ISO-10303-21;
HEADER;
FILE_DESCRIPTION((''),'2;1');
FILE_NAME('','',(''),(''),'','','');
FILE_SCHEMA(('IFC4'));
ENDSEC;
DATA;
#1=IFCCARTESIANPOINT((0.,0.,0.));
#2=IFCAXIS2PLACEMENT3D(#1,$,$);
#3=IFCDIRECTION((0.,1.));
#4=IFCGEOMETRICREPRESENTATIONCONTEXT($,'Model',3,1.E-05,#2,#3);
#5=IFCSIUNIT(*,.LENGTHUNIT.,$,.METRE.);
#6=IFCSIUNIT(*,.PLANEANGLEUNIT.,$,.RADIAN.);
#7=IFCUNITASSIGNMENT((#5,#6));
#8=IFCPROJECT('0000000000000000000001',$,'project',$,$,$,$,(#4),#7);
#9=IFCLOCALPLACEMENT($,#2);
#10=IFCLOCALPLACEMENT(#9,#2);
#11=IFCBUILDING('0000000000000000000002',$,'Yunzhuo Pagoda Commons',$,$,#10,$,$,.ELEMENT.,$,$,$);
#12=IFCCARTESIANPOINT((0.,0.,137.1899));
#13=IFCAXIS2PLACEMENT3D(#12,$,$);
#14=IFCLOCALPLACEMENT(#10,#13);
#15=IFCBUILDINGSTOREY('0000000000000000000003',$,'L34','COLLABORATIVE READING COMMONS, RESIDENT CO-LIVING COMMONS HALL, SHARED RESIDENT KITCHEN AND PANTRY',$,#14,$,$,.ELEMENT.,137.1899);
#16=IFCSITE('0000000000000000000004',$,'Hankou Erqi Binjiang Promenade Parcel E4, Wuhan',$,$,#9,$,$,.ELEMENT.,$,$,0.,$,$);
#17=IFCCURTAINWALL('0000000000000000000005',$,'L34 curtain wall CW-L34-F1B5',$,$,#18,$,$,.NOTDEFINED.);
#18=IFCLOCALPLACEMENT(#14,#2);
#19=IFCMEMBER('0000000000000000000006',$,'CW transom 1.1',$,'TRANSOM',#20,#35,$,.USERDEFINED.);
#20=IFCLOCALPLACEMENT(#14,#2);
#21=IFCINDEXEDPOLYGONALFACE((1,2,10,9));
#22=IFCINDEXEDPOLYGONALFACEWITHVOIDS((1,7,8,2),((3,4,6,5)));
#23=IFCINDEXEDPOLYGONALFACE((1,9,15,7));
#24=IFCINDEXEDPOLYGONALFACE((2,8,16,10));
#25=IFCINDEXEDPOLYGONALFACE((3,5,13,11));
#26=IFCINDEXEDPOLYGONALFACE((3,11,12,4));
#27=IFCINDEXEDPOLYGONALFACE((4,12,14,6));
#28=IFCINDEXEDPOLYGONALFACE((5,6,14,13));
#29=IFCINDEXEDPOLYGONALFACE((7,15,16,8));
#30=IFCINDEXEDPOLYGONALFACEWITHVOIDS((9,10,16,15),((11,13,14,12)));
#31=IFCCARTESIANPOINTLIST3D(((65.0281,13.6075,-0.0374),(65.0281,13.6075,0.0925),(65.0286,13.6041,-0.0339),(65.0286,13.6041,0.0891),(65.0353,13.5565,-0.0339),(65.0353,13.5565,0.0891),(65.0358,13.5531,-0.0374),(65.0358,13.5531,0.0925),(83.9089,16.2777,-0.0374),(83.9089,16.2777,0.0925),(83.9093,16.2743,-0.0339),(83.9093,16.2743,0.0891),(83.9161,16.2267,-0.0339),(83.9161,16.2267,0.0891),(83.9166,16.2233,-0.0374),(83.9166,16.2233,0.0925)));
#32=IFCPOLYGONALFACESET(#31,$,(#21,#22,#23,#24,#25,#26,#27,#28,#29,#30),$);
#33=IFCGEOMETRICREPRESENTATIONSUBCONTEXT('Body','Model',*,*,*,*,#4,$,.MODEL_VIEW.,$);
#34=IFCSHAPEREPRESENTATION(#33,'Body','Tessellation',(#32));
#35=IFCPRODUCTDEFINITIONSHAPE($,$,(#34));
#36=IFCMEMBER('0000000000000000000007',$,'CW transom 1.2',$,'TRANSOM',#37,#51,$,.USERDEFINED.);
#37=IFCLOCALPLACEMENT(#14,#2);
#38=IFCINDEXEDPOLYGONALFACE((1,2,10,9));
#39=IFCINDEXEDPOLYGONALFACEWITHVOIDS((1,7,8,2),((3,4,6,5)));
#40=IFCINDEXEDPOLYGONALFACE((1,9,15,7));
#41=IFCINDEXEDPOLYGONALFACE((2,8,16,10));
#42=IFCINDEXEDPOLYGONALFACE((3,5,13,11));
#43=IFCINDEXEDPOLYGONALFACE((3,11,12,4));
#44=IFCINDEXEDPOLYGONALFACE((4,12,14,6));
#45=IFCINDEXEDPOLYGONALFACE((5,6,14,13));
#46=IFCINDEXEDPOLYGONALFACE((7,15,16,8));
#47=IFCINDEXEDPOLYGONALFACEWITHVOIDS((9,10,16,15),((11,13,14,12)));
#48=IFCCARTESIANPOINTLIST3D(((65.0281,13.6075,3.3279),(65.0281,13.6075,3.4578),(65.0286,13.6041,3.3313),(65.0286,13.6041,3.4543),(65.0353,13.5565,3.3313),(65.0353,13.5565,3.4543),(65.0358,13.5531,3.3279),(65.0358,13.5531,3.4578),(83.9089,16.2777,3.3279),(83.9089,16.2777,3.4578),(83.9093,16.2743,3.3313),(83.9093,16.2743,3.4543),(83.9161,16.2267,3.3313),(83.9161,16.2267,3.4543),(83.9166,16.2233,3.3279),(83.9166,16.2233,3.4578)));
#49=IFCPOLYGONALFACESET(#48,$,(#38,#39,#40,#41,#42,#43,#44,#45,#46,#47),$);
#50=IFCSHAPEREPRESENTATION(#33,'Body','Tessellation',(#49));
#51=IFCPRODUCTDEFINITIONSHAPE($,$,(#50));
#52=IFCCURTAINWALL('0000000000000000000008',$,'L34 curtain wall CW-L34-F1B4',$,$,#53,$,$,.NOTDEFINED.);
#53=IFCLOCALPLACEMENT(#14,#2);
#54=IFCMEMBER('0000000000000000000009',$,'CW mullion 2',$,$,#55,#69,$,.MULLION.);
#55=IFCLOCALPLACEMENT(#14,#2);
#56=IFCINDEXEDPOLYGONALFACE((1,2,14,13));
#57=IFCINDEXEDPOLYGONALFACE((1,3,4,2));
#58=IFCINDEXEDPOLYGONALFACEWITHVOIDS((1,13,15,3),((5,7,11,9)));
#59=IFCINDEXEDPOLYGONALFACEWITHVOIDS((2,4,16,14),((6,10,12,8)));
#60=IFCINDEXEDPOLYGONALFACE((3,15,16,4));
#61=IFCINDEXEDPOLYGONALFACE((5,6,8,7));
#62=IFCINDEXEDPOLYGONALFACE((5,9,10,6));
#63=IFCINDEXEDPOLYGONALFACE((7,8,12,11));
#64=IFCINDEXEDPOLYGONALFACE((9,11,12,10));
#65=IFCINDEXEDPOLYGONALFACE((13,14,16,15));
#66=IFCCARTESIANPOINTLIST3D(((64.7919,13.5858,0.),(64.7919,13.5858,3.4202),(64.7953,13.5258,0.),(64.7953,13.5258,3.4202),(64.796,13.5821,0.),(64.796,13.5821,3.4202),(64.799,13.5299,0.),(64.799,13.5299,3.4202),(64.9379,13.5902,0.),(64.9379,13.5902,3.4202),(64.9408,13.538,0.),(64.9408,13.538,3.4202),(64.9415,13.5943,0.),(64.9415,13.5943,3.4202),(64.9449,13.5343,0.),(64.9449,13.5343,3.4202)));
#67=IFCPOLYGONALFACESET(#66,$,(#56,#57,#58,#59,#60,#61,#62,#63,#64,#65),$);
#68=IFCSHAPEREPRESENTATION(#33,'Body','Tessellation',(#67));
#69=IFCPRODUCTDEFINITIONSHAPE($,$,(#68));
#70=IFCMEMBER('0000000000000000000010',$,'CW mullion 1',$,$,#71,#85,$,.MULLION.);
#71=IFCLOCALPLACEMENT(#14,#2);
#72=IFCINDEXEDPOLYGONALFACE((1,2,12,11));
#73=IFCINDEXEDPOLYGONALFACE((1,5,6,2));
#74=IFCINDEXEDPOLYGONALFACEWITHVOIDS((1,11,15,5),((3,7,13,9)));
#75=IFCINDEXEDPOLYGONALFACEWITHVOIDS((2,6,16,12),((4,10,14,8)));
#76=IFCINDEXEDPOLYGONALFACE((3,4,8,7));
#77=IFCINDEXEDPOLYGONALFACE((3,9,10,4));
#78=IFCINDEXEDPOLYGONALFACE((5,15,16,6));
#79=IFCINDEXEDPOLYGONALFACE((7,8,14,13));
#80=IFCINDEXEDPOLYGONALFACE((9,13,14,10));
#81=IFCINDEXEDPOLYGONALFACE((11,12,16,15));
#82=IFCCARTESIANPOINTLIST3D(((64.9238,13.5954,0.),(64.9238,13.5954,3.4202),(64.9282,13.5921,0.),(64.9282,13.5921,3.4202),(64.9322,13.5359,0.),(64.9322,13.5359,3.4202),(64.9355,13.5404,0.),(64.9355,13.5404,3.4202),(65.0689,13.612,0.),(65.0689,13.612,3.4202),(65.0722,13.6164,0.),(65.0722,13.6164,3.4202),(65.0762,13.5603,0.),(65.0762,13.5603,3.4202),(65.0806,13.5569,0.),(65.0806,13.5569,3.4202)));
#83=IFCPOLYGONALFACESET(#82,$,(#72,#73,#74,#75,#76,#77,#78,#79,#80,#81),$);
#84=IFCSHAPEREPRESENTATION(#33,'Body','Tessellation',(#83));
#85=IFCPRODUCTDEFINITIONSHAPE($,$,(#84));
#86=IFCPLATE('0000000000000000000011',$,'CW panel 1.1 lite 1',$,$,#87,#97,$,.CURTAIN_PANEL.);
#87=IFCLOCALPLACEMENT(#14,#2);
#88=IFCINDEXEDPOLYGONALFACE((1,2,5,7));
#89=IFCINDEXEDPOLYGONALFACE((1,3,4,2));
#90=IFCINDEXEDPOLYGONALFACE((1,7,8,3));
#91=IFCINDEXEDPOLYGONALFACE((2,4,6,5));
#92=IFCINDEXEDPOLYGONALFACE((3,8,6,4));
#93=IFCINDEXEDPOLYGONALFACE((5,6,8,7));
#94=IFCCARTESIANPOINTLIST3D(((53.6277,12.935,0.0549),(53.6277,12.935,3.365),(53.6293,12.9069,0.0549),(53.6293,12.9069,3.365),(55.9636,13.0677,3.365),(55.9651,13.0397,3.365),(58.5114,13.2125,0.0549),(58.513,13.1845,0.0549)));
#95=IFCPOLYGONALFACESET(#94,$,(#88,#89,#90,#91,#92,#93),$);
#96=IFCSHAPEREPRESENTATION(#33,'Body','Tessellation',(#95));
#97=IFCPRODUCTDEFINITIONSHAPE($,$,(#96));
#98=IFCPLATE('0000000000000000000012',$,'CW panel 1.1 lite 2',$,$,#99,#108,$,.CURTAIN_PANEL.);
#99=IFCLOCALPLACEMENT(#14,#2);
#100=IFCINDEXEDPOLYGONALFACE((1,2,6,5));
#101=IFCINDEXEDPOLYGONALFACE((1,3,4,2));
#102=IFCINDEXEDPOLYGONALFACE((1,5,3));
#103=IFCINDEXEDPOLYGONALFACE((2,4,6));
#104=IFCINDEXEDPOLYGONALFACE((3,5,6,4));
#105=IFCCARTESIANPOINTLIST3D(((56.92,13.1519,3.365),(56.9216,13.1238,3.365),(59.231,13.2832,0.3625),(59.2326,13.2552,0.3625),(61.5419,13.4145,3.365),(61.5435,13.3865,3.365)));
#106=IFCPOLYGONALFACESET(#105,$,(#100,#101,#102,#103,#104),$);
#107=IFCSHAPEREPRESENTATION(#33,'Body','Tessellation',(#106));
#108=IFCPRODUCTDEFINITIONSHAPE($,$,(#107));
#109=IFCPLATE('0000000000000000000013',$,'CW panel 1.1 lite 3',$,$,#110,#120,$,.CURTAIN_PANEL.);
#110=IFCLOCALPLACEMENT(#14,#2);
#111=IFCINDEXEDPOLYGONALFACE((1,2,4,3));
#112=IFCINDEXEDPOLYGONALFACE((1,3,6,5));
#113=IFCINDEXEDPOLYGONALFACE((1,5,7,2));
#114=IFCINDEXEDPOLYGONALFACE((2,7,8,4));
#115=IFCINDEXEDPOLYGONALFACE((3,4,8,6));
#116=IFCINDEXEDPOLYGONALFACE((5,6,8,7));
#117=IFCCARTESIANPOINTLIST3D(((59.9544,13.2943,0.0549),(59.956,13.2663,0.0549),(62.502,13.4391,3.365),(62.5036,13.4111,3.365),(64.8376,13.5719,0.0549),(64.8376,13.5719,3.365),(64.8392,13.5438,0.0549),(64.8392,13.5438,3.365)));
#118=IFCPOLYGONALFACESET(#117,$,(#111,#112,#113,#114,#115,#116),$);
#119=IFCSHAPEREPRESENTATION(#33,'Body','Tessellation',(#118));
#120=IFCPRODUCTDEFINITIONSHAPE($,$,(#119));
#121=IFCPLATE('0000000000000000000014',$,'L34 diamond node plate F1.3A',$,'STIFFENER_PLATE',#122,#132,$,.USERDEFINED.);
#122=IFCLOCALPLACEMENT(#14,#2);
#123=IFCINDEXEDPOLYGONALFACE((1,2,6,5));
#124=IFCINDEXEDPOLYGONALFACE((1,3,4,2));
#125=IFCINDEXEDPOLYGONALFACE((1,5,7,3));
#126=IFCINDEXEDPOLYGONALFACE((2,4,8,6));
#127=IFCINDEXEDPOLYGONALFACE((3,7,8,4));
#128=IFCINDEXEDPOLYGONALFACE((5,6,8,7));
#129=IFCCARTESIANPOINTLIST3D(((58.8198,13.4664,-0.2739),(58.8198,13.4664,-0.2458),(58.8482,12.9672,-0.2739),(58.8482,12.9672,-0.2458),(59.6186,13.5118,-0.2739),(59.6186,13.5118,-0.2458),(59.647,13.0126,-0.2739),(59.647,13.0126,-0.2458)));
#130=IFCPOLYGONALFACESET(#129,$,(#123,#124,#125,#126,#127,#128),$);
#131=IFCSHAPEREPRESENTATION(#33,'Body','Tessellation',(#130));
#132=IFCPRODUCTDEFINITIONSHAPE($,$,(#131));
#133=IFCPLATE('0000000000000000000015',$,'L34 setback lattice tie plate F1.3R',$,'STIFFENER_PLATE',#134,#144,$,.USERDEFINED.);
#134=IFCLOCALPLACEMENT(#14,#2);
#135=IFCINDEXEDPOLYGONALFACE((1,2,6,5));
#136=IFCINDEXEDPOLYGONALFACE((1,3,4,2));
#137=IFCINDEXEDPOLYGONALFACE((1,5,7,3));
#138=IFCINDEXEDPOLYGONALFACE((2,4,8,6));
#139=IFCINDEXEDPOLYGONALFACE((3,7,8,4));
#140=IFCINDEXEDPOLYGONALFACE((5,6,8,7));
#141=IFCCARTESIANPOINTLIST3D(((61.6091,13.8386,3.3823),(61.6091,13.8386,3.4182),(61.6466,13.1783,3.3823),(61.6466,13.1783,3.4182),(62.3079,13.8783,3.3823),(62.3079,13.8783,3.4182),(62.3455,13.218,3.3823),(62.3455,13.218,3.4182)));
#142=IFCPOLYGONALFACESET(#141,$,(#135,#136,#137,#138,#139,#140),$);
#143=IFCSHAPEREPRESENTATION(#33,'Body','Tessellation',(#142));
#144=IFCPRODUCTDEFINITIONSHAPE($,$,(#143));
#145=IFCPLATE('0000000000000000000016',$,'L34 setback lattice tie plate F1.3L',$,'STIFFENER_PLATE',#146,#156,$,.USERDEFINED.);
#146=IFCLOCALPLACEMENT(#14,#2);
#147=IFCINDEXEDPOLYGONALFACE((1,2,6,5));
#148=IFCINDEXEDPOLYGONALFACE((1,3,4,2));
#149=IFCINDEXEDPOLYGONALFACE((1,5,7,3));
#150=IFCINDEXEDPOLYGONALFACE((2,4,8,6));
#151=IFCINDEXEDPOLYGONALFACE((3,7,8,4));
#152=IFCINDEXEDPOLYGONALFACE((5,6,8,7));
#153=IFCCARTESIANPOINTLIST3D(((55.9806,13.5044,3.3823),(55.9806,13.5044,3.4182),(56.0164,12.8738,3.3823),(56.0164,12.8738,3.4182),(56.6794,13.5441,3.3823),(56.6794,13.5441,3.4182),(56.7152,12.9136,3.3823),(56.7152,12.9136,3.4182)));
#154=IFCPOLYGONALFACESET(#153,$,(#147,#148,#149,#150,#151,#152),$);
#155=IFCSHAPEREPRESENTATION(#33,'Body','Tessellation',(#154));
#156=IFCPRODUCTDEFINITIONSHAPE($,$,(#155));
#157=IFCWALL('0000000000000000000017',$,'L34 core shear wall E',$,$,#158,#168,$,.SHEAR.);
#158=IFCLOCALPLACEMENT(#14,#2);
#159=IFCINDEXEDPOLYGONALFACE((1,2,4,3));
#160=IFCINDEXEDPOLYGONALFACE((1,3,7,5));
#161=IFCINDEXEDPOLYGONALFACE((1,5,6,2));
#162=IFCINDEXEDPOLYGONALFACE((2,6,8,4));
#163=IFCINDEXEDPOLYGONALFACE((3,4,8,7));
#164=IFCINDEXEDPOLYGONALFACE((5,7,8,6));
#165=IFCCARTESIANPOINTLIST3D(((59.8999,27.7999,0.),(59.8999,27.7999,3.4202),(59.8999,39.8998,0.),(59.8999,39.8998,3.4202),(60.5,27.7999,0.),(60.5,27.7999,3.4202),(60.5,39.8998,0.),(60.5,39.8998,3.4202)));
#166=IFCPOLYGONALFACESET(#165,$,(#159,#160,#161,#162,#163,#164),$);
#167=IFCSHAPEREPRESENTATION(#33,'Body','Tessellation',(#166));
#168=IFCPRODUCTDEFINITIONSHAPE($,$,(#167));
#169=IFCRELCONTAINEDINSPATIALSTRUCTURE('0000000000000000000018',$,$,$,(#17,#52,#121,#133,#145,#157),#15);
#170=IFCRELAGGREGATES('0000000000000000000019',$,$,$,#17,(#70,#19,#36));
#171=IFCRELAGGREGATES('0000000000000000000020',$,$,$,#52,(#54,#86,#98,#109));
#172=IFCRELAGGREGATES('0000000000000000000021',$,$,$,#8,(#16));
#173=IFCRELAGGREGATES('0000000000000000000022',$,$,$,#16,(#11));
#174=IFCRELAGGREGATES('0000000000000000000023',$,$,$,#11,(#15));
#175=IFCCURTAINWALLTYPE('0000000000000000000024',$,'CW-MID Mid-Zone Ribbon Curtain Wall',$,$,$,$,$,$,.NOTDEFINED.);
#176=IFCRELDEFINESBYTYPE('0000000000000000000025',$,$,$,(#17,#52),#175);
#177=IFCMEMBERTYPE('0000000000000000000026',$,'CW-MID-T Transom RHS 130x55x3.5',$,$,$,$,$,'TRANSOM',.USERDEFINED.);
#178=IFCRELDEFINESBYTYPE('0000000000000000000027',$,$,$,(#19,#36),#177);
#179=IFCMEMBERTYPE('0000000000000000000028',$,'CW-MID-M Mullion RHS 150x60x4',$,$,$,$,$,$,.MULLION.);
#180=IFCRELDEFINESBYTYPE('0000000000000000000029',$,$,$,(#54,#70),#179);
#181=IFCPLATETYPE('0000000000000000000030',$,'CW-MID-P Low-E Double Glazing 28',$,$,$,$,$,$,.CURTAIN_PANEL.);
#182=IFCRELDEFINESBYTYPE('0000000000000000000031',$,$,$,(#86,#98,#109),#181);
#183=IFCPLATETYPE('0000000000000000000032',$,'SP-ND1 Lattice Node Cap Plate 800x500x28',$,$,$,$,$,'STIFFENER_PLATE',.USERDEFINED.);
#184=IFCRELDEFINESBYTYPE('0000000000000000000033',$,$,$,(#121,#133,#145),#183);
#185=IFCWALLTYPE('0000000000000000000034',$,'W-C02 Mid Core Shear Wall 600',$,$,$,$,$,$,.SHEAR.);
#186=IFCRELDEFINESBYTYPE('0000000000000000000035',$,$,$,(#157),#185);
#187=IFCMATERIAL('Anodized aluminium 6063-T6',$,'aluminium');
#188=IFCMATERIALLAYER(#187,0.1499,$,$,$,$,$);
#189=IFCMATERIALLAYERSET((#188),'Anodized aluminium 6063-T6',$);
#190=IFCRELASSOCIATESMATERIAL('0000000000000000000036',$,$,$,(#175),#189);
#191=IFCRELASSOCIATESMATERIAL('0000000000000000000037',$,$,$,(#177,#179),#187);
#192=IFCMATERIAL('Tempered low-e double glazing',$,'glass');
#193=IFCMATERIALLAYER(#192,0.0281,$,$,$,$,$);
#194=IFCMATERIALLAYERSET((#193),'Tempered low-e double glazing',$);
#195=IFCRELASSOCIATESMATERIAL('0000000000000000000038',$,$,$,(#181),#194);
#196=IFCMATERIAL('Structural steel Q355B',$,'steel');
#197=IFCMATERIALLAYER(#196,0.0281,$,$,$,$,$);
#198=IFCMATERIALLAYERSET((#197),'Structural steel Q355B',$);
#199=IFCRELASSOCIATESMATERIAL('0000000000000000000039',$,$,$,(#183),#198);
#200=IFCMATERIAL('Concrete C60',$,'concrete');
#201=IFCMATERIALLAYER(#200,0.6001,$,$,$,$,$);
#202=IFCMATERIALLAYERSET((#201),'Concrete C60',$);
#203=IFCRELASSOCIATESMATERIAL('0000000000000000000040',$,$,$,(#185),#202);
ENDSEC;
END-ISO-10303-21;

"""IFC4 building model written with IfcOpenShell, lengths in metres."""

from ifc_helpers import new_model, si_unit, direction, frame, frame_2d, origin, origin_2d, place, context, subcontext, project, spatial, polyline, rectangle, hollow_rectangle, outline, extrude, source, transform, mapped, material, layer, layer_set, material_profile, profile_set, type_object, element, aggregate, save


model = new_model("IFC4")

# Units and contexts
model_context = context("Model", 3, precision=1e-05, world=origin(), true_north=direction((0.0, 1.0)))
body_context = subcontext(model_context, "Body", "Model", "MODEL_VIEW")
ifc_project = project(units=[si_unit("LENGTHUNIT", "METRE"), si_unit("PLANEANGLEUNIT", "RADIAN")], contexts=[model_context])

# Site, building, storey
site_placement = place(None, origin())
site = spatial("IfcSite", under=ifc_project, at=site_placement, Name="Hankou Erqi Binjiang Promenade Parcel E4, Wuhan", CompositionType="ELEMENT", RefElevation=0.0)
building_placement = place(site_placement, origin())
building = spatial("IfcBuilding", under=site, at=building_placement, Name="Yunzhuo Pagoda Commons", CompositionType="ELEMENT")
storey_placement = place(building_placement, frame((0.0, 0.0, 137.1899)))
storey = spatial("IfcBuildingStorey", under=building, at=storey_placement, Name="L34", Description="COLLABORATIVE READING COMMONS, RESIDENT CO-LIVING COMMONS HALL, SHARED RESIDENT KITCHEN AND PANTRY", CompositionType="ELEMENT", Elevation=137.1899)

# Shared definitions
ifc_material_1 = material(Name="Structural steel Q355B", Category="steel")

# Curtain wall, members
ifc_material_2 = material(Name="Anodized aluminium 6063-T6", Category="aluminium")
ifc_layer_1 = layer(ifc_material_2, 0.1499)
ifc_layer_set_1 = layer_set([ifc_layer_1], Name="Anodized aluminium 6063-T6")
curtain_wall_type = type_object("IfcCurtainWallType", Name="CW-MID Mid-Zone Ribbon Curtain Wall", PredefinedType="NOTDEFINED", material=ifc_layer_set_1)
curtain_wall_1_placement = place(storey_placement, origin())
curtain_wall_1 = element("IfcCurtainWall", 1, at=curtain_wall_1_placement, inside=storey, type_object=curtain_wall_type, Name="L34 curtain wall CW-L34-F1B5", PredefinedType="NOTDEFINED")
ifc_material_profile_1 = material_profile(ifc_material_2, hollow_rectangle(XDim=0.0549, YDim=0.1299, WallThickness=0.0034, at=origin_2d()), Name="Anodized aluminium 6063-T6")
ifc_profile_set_1 = profile_set([ifc_material_profile_1], Name="Anodized aluminium 6063-T6")
member_type_1 = type_object("IfcMemberType", Name="CW-MID-T Transom RHS 130x55x3.5", ElementType="TRANSOM", PredefinedType="USERDEFINED", material=ifc_profile_set_1)
shared_shape_1 = source(origin(), body_context, "Body", "SweptSolid", [
    extrude(hollow_rectangle(XDim=0.0549, YDim=0.1299, WallThickness=0.0034, at=origin_2d()), origin(), (0.0, 0.0, 1.0), 19.0686),
])
member_1_placement = place(storey_placement, frame((65.032, 13.5803, 0.0276), z_axis=(0.990147, 0.14003, 0.0), x_axis=(-0.14003, 0.990147, 0.0)))
member_1 = element("IfcMember", 2, at=member_1_placement, type_object=member_type_1, Name="CW transom 1.1", ObjectType="TRANSOM", PredefinedType="USERDEFINED", context=body_context, shape_type="MappedRepresentation", body=[
    mapped(shared_shape_1, transform((0.0, 0.0, 0.0), scale=1.0)),
])
member_2_placement = place(storey_placement, frame((65.032, 13.5803, 3.3928), z_axis=(0.990147, 0.14003, 0.0), x_axis=(-0.14003, 0.990147, 0.0)))
member_2 = element("IfcMember", 3, at=member_2_placement, type_object=member_type_1, Name="CW transom 1.2", ObjectType="TRANSOM", PredefinedType="USERDEFINED", context=body_context, shape_type="MappedRepresentation", body=[
    mapped(shared_shape_1, transform((0.0, 0.0, 0.0), scale=1.0)),
])

# Curtain wall, member
curtain_wall_2_placement = place(storey_placement, origin())
curtain_wall_2 = element("IfcCurtainWall", 4, at=curtain_wall_2_placement, inside=storey, type_object=curtain_wall_type, Name="L34 curtain wall CW-L34-F1B4", PredefinedType="NOTDEFINED")
ifc_material_profile_2 = material_profile(ifc_material_2, hollow_rectangle(XDim=0.0601, YDim=0.1499, WallThickness=0.0039, at=origin_2d()), Name="Anodized aluminium 6063-T6")
ifc_profile_set_2 = profile_set([ifc_material_profile_2], Name="Anodized aluminium 6063-T6")
member_type_2 = type_object("IfcMemberType", Name="CW-MID-M Mullion RHS 150x60x4", PredefinedType="MULLION", material=ifc_profile_set_2)
shared_shape_2 = source(origin(), body_context, "Body", "SweptSolid", [
    extrude(hollow_rectangle(XDim=0.0601, YDim=0.1499, WallThickness=0.0039, at=origin_2d()), origin(), (0.0, 0.0, 1.0), 3.4202),
])
member_3_placement = place(storey_placement, frame((64.8684, 13.5601, 0.0), z_axis=(0.0, 0.0, 1.0), x_axis=(-0.056742, 0.998389, 0.0)))
member_3 = element("IfcMember", 5, at=member_3_placement, type_object=member_type_2, Name="CW mullion 2", PredefinedType="MULLION", context=body_context, shape_type="MappedRepresentation", body=[
    mapped(shared_shape_2, transform((0.0, 0.0, 0.0), scale=1.0)),
])

# Member
member_4_placement = place(storey_placement, frame((65.0022, 13.5762, 0.0), z_axis=(0.0, 0.0, 1.0), x_axis=(-0.140027, 0.990148, 0.0)))
member_4 = element("IfcMember", 6, at=member_4_placement, type_object=member_type_2, Name="CW mullion 1", PredefinedType="MULLION", context=body_context, shape_type="MappedRepresentation", body=[
    mapped(shared_shape_2, transform((0.0, 0.0, 0.0), scale=1.0)),
])
aggregate(curtain_wall_1, [member_4, member_1, member_2])

# Plates
ifc_material_3 = material(Name="Tempered low-e double glazing", Category="glass")
ifc_layer_2 = layer(ifc_material_3, 0.0281)
ifc_layer_set_2 = layer_set([ifc_layer_2], Name="Tempered low-e double glazing")
plate_type_1 = type_object("IfcPlateType", Name="CW-MID-P Low-E Double Glazing 28", PredefinedType="CURTAIN_PANEL", material=ifc_layer_set_2)
plate_1_placement = place(storey_placement, frame((56.0696, 13.0737, 1.71), z_axis=(0.056742, -0.998389, 0.0), x_axis=(0.998389, 0.056742, 0.0)))
plate_1 = element("IfcPlate", 7, at=plate_1_placement, type_object=plate_type_1, Name="CW panel 1.1 lite 1", PredefinedType="CURTAIN_PANEL", context=body_context, shape_type="SweptSolid", body=[
    extrude(outline(polyline([(-2.4458, -1.655), (2.4458, -1.655), (-0.1062, 1.655), (-2.4458, 1.655), (-2.4458, -1.655)])), origin(), (0.0, 0.0, 1.0), 0.0281),
])
plate_2_placement = place(storey_placement, frame((59.231, 13.2832, 1.8638), z_axis=(0.056742, -0.998389, 0.0), x_axis=(0.998389, 0.056742, 0.0)))
plate_2 = element("IfcPlate", 8, at=plate_2_placement, type_object=plate_type_1, Name="CW panel 1.1 lite 2", PredefinedType="CURTAIN_PANEL", context=body_context, shape_type="SweptSolid", body=[
    extrude(outline(polyline([(-2.3147, 1.5012), (0.0, -1.5012), (2.3147, 1.5012), (-2.3147, 1.5012)])), origin(), (0.0, 0.0, 1.0), 0.0281),
])
plate_3_placement = place(storey_placement, frame((62.396, 13.4331, 1.71), z_axis=(0.056742, -0.998389, 0.0), x_axis=(0.998389, 0.056742, 0.0)))
plate_3 = element("IfcPlate", 9, at=plate_3_placement, type_object=plate_type_1, Name="CW panel 1.1 lite 3", PredefinedType="CURTAIN_PANEL", context=body_context, shape_type="SweptSolid", body=[
    extrude(outline(polyline([(-2.4456, -1.655), (2.4456, -1.655), (2.4456, 1.655), (0.1062, 1.655), (-2.4456, -1.655)])), origin(), (0.0, 0.0, 1.0), 0.0281),
])
aggregate(curtain_wall_2, [member_3, plate_1, plate_2, plate_3])

# Plates
ifc_layer_3 = layer(ifc_material_1, 0.0281)
ifc_layer_set_3 = layer_set([ifc_layer_3], Name="Structural steel Q355B")
plate_type_2 = type_object("IfcPlateType", Name="SP-ND1 Lattice Node Cap Plate 800x500x28", ElementType="STIFFENER_PLATE", PredefinedType="USERDEFINED", material=ifc_layer_set_3)
shared_shape_3 = source(origin(), body_context, "Body", "SweptSolid", [
    extrude(rectangle(XDim=0.8, YDim=0.5, at=origin_2d()), origin(), (0.0, 0.0, 1.0), 0.0281),
])
plate_4_placement = place(storey_placement, frame((59.2334, 13.2395, -0.2739), z_axis=(0.0, 0.0, 1.0), x_axis=(0.998389, 0.056745, 0.0)))
element("IfcPlate", 10, at=plate_4_placement, inside=storey, type_object=plate_type_2, Name="L34 diamond node plate F1.3A", ObjectType="STIFFENER_PLATE", PredefinedType="USERDEFINED", context=body_context, shape_type="MappedRepresentation", body=[
    mapped(shared_shape_3, transform((0.0, 0.0, 0.0), scale=1.0)),
])
shared_shape_4 = source(origin(), body_context, "Body", "SweptSolid", [
    extrude(rectangle(XDim=0.7, YDim=0.6614, at=origin_2d()), origin(), (0.0, 0.0, 1.0), 0.0359),
])
plate_5_placement = place(storey_placement, frame((61.9773, 13.5283, 3.3823), z_axis=(0.0, 0.0, 1.0), x_axis=(0.998389, 0.056745, 0.0)))
element("IfcPlate", 11, at=plate_5_placement, inside=storey, type_object=plate_type_2, Name="L34 setback lattice tie plate F1.3R", ObjectType="STIFFENER_PLATE", PredefinedType="USERDEFINED", context=body_context, shape_type="MappedRepresentation", body=[
    mapped(shared_shape_4, transform((0.0, 0.0, 0.0), scale=1.0)),
])
shared_shape_5 = source(origin(), body_context, "Body", "SweptSolid", [
    extrude(rectangle(XDim=0.7, YDim=0.6316, at=origin_2d()), origin(), (0.0, 0.0, 1.0), 0.0359),
])
plate_6_placement = place(storey_placement, frame((56.3479, 13.209, 3.3823), z_axis=(0.0, 0.0, 1.0), x_axis=(0.998389, 0.056745, 0.0)))
element("IfcPlate", 12, at=plate_6_placement, inside=storey, type_object=plate_type_2, Name="L34 setback lattice tie plate F1.3L", ObjectType="STIFFENER_PLATE", PredefinedType="USERDEFINED", context=body_context, shape_type="MappedRepresentation", body=[
    mapped(shared_shape_5, transform((0.0, 0.0, 0.0), scale=1.0)),
])

# Wall
ifc_material_4 = material(Name="Concrete C60", Category="concrete")
ifc_layer_4 = layer(ifc_material_4, 0.6001)
ifc_layer_set_4 = layer_set([ifc_layer_4], Name="Concrete C60")
wall_type_1 = type_object("IfcWallType", Name="W-C02 Mid Core Shear Wall 600", PredefinedType="SHEAR", material=ifc_layer_set_4)
wall_1_placement = place(storey_placement, frame((60.2, 27.8, 0.0), z_axis=(0.0, 0.0, 1.0), x_axis=(0.0, 1.0, 0.0)))
element("IfcWall", 13, at=wall_1_placement, inside=storey, type_object=wall_type_1, Name="L34 core shear wall E", PredefinedType="SHEAR", context=body_context, shape_type="SweptSolid", body=[
    extrude(rectangle(XDim=12.0999, YDim=0.6001, at=frame_2d((6.0498, 0.0))), origin(), (0.0, 0.0, 1.0), 3.4202),
])

save(model, "model.ifc")
